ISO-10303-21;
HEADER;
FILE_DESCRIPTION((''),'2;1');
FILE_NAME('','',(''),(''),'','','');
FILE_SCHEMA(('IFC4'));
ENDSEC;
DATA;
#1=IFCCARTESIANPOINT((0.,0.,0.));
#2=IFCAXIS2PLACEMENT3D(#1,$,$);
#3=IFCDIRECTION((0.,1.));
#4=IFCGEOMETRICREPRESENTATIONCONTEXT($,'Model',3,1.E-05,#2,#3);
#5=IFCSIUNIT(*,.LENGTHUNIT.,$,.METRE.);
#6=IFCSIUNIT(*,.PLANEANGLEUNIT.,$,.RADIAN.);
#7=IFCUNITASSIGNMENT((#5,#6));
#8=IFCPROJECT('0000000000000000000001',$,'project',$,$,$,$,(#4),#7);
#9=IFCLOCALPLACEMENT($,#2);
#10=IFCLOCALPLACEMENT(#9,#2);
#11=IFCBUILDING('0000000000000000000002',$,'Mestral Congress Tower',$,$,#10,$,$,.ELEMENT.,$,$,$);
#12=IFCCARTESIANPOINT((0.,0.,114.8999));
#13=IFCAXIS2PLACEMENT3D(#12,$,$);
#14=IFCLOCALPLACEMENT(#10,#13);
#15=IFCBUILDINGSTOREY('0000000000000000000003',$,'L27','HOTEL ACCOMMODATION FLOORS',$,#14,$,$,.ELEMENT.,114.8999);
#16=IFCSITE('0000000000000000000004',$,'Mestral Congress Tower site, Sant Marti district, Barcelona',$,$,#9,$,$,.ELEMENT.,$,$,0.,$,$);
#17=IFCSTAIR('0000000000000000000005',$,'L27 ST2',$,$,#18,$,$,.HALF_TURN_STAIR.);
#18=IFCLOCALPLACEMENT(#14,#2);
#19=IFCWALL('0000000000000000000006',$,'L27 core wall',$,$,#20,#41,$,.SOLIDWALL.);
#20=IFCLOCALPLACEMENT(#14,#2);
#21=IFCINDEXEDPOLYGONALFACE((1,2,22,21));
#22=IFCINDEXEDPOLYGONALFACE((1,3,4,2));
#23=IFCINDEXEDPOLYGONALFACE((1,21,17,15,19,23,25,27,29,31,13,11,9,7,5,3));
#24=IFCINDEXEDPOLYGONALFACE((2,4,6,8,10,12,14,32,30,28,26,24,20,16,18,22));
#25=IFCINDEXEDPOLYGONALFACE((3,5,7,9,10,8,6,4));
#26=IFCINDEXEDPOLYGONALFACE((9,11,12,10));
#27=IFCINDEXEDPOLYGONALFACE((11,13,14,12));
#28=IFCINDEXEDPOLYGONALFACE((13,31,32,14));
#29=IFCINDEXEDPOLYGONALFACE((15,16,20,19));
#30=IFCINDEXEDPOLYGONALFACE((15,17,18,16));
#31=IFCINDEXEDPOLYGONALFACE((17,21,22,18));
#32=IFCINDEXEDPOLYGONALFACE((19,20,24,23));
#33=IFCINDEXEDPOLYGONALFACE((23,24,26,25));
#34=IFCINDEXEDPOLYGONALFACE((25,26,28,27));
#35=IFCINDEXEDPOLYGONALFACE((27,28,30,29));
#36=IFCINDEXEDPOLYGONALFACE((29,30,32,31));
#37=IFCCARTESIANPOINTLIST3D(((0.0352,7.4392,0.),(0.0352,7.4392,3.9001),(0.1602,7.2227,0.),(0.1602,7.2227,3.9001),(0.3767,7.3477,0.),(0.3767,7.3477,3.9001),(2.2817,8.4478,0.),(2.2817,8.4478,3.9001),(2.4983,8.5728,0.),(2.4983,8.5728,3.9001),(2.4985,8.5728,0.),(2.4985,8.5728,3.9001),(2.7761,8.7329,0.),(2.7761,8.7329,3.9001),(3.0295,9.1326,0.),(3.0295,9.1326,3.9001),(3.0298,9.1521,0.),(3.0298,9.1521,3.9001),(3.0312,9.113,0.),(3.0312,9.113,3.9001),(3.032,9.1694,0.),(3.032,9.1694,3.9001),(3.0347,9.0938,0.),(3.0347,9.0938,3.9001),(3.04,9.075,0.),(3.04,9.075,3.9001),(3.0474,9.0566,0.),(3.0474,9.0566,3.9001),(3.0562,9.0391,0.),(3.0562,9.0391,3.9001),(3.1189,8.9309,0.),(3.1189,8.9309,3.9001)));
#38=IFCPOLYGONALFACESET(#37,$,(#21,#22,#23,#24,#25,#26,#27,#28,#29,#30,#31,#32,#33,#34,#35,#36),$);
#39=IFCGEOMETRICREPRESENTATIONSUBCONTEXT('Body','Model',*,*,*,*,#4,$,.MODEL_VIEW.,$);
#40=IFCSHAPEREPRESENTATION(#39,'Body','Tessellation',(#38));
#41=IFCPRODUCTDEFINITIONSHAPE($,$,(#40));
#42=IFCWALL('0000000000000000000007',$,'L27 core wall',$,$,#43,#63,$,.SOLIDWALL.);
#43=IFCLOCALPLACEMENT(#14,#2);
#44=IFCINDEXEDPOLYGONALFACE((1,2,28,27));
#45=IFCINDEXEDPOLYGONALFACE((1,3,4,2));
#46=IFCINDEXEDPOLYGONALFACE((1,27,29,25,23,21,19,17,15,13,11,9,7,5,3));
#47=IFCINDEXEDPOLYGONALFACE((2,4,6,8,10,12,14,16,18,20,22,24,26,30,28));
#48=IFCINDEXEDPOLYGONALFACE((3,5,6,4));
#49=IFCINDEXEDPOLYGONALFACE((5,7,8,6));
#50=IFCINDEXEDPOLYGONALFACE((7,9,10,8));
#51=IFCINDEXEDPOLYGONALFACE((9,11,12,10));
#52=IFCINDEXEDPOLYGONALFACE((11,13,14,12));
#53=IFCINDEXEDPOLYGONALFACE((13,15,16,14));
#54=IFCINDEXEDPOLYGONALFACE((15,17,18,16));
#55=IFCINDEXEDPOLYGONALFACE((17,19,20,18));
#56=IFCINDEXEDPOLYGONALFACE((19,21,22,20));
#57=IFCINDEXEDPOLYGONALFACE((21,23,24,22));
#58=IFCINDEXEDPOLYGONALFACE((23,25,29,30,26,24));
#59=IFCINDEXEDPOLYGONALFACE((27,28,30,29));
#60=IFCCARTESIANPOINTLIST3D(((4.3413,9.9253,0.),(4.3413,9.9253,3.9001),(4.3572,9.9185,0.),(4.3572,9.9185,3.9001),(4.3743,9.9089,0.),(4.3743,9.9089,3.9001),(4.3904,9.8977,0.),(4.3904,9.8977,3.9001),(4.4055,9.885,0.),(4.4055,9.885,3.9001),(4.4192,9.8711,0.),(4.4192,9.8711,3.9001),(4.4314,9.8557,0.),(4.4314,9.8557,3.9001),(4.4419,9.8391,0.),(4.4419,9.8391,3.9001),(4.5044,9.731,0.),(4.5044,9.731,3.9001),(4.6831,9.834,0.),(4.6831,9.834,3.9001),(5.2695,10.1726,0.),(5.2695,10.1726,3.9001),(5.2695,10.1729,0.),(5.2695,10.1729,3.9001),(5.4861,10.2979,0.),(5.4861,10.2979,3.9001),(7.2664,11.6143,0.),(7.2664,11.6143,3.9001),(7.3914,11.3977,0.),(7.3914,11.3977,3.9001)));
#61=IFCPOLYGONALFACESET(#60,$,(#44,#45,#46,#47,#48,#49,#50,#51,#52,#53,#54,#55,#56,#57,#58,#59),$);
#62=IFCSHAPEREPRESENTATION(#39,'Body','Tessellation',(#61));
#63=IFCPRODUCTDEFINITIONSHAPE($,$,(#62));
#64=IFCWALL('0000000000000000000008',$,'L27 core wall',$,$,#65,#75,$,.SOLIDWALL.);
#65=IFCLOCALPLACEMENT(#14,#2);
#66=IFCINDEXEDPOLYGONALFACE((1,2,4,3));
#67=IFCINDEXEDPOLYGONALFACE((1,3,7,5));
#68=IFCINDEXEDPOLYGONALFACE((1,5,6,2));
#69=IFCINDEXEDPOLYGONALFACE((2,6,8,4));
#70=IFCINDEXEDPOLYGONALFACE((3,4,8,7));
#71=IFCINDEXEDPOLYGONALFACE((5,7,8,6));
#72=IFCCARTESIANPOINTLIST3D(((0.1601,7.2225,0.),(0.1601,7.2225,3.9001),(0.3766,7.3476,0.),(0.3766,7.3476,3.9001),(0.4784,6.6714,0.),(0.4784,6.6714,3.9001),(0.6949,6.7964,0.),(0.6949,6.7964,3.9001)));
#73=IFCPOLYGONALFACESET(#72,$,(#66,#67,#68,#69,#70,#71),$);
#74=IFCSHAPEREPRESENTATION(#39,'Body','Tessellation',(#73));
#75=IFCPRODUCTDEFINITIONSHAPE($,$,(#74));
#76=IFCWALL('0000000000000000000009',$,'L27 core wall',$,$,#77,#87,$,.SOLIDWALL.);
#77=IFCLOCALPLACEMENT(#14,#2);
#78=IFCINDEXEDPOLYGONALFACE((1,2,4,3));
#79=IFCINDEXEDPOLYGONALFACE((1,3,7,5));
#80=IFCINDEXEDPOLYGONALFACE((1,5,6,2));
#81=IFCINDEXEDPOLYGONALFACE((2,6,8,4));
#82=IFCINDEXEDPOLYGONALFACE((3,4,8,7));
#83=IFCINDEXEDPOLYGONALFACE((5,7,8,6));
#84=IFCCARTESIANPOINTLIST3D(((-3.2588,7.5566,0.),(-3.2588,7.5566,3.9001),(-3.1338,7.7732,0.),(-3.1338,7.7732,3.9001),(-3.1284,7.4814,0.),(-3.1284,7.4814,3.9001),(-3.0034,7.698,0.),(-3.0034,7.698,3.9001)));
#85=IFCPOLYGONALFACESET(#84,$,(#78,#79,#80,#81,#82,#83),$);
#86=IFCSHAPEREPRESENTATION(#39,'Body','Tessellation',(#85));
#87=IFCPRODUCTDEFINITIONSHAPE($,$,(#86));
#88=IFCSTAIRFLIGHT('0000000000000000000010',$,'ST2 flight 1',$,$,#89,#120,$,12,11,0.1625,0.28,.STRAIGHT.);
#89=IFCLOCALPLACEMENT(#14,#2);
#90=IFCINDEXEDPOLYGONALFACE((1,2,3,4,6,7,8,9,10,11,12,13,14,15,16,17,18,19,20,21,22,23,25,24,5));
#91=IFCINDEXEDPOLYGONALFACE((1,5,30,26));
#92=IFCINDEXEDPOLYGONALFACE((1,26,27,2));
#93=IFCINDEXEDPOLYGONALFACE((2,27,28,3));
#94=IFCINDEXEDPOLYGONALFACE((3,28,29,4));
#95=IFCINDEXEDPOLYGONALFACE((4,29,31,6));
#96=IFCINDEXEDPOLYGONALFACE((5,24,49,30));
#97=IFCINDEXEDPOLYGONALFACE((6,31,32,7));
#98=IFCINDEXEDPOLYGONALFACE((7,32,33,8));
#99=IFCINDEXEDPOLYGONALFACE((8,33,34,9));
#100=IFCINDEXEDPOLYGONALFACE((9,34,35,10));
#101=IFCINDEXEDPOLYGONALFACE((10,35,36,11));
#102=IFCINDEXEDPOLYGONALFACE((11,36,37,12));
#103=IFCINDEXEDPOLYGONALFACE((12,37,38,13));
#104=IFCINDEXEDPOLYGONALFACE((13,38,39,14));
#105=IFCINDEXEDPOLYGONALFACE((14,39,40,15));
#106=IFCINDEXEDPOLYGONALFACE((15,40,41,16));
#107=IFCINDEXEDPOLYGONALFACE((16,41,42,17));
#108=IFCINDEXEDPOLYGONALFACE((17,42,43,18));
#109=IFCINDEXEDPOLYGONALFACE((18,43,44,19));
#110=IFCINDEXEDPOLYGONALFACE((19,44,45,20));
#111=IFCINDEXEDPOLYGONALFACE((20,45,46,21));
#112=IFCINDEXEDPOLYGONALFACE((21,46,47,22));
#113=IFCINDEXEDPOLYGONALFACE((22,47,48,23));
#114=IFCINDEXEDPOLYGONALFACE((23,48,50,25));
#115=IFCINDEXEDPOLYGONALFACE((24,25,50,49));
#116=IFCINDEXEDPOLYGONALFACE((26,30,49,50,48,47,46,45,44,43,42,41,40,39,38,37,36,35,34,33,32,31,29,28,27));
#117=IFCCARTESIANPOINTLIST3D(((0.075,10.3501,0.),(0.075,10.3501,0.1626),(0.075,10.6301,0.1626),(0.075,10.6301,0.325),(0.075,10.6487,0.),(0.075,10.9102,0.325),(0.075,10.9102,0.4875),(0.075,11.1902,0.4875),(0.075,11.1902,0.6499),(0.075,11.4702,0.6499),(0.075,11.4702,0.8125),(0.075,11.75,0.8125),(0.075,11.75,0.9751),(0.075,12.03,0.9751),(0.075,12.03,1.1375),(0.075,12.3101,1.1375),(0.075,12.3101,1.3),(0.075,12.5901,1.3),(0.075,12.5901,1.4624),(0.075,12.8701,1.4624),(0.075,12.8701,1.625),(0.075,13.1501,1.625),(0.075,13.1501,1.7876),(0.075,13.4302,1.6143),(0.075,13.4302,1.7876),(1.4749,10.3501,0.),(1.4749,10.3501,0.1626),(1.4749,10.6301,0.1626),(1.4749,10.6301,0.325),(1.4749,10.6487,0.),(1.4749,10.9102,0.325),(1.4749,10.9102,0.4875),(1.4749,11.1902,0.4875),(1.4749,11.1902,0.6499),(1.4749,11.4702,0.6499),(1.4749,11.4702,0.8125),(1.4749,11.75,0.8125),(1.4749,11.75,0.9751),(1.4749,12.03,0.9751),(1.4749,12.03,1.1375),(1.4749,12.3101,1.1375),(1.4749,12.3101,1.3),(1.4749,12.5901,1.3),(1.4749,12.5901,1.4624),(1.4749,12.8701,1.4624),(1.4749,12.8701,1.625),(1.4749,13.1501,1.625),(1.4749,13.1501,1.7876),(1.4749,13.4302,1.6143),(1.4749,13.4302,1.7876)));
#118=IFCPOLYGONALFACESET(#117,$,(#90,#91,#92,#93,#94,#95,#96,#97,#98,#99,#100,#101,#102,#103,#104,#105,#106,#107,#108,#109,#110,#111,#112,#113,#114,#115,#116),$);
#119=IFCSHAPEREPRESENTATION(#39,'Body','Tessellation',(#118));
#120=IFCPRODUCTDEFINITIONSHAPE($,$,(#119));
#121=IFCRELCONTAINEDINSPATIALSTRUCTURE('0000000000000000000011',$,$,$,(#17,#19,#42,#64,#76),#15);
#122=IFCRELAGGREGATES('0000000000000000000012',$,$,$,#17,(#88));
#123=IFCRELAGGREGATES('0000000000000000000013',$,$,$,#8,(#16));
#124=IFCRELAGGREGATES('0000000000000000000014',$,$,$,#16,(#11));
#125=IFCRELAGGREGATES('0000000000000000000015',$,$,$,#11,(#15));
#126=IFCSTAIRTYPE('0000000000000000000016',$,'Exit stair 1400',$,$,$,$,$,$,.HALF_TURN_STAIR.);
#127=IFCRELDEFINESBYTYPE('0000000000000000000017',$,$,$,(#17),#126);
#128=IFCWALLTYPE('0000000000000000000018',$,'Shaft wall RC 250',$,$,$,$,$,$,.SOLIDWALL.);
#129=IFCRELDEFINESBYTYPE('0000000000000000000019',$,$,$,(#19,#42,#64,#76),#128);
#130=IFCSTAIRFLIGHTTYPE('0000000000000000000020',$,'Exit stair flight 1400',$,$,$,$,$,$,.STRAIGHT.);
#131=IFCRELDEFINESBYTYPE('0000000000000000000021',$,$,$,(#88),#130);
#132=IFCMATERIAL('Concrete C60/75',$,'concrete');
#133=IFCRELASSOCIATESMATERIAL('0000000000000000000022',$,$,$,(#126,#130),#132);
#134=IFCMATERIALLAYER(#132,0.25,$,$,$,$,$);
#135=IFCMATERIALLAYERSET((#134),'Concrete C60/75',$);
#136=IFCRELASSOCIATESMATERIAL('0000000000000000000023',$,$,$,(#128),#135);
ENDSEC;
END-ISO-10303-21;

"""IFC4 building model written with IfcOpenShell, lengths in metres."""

from ifc_helpers import new_model, si_unit, direction, frame, frame_2d, origin, place, context, subcontext, project, spatial, polyline, rectangle, outline, extrude, material, layer, layer_set, type_object, element, aggregate, save


model = new_model("IFC4")

# Units and contexts
model_context = context("Model", 3, precision=1e-05, world=origin(), true_north=direction((0.0, 1.0)))
body_context = subcontext(model_context, "Body", "Model", "MODEL_VIEW")
ifc_project = project(units=[si_unit("LENGTHUNIT", "METRE"), si_unit("PLANEANGLEUNIT", "RADIAN")], contexts=[model_context])

# Site, building, storey
site_placement = place(None, origin())
site = spatial("IfcSite", under=ifc_project, at=site_placement, Name="Mestral Congress Tower site, Sant Marti district, Barcelona", CompositionType="ELEMENT", RefElevation=0.0)
building_placement = place(site_placement, origin())
building = spatial("IfcBuilding", under=site, at=building_placement, Name="Mestral Congress Tower", CompositionType="ELEMENT")
storey_placement = place(building_placement, frame((0.0, 0.0, 114.8999)))
storey = spatial("IfcBuildingStorey", under=building, at=storey_placement, Name="L27", Description="HOTEL ACCOMMODATION FLOORS", CompositionType="ELEMENT", Elevation=114.8999)

# Shared definitions
ifc_material_1 = material(Name="Concrete C60/75", Category="concrete")

# Stair
stair_type = type_object("IfcStairType", Name="Exit stair 1400", PredefinedType="HALF_TURN_STAIR", material=ifc_material_1)
placement_1 = place(storey_placement, origin())
stair_1 = element("IfcStair", 1, at=placement_1, inside=storey, type_object=stair_type, Name="L27 ST2", PredefinedType="HALF_TURN_STAIR")

# Walls
ifc_layer_1 = layer(ifc_material_1, 0.25)
ifc_layer_set_1 = layer_set([ifc_layer_1], Name="Concrete C60/75")
wall_type_1 = type_object("IfcWallType", Name="Shaft wall RC 250", PredefinedType="SOLIDWALL", material=ifc_layer_set_1)
element("IfcWall", 2, at=placement_1, inside=storey, type_object=wall_type_1, Name="L27 core wall", PredefinedType="SOLIDWALL", context=body_context, shape_type="SweptSolid", body=[
    extrude(outline(polyline([(2.7761, 8.7329), (2.4985, 8.5728), (2.4983, 8.5728), (2.4983, 8.5728), (2.2817, 8.4478), (2.2817, 8.4478), (0.3767, 7.3477), (0.1602, 7.2227), (0.0352, 7.4392), (3.032, 9.1694), (3.0298, 9.1521), (3.0295, 9.1326), (3.0312, 9.113), (3.0347, 9.0938), (3.04, 9.075), (3.0474, 9.0566), (3.0562, 9.0391), (3.1189, 8.9309), (2.7761, 8.7329)])), origin(), (0.0, 0.0, 1.0), 3.9001),
])
element("IfcWall", 3, at=placement_1, inside=storey, type_object=wall_type_1, Name="L27 core wall", PredefinedType="SOLIDWALL", context=body_context, shape_type="SweptSolid", body=[
    extrude(outline(polyline([(5.2695, 10.1726), (5.2695, 10.1726), (4.6831, 9.834), (4.5044, 9.731), (4.4419, 9.8391), (4.4314, 9.8557), (4.4192, 9.8711), (4.4055, 9.885), (4.3904, 9.8977), (4.3743, 9.9089), (4.3572, 9.9185), (4.3413, 9.9253), (7.2664, 11.6143), (7.3914, 11.3977), (5.4861, 10.2979), (5.4861, 10.2979), (5.2695, 10.1729), (5.2695, 10.1726)])), origin(), (0.0, 0.0, 1.0), 3.9001),
])
wall_1_placement = place(storey_placement, frame((0.2683, 7.2852, 0.0), z_axis=(0.0, 0.0, 1.0), x_axis=(0.500099, -0.865968, 0.0)))
element("IfcWall", 4, at=wall_1_placement, inside=storey, type_object=wall_type_1, Name="L27 core wall", PredefinedType="SOLIDWALL", context=body_context, shape_type="SweptSolid", body=[
    extrude(rectangle(XDim=0.6365, YDim=0.25, at=frame_2d((0.3184, 0.0))), origin(), (0.0, 0.0, 1.0), 3.9001),
])
element("IfcWall", 5, at=placement_1, inside=storey, type_object=wall_type_1, Name="L27 core wall", PredefinedType="SOLIDWALL", context=body_context, shape_type="SweptSolid", body=[
    extrude(outline(polyline([(-3.1284, 7.4814), (-3.2588, 7.5566), (-3.1338, 7.7732), (-3.0034, 7.698), (-3.1284, 7.4814)])), origin(), (0.0, 0.0, 1.0), 3.9001),
])

# Stair flight
stair_flight_type = type_object("IfcStairFlightType", Name="Exit stair flight 1400", PredefinedType="STRAIGHT", material=ifc_material_1)
stair_flight_placement = place(storey_placement, frame((0.7749, 10.3501, 0.0), z_axis=(0.0, 0.0, 1.0), x_axis=(0.0, 1.0, 0.0)))
stair_flight = element("IfcStairFlight", 6, at=stair_flight_placement, type_object=stair_flight_type, Name="ST2 flight 1", NumberOfRisers=12, NumberOfTreads=11, PredefinedType="STRAIGHT", RiserHeight=0.1625, TreadLength=0.28, context=body_context, shape_type="SweptSolid", body=[
    extrude(outline(polyline([(0.0, 0.0), (0.0, 0.1626), (0.28, 0.1626), (0.28, 0.325), (0.5601, 0.325), (0.5601, 0.4875), (0.8401, 0.4875), (0.8401, 0.6499), (1.1201, 0.6499), (1.1201, 0.8125), (1.3999, 0.8125), (1.3999, 0.9751), (1.6799, 0.9751), (1.6799, 1.1375), (1.96, 1.1375), (1.96, 1.3), (2.24, 1.3), (2.24, 1.4624), (2.52, 1.4624), (2.52, 1.625), (2.8, 1.625), (2.8, 1.7876), (3.0801, 1.7876), (3.0801, 1.95), (3.0801, 1.6143), (0.2986, 0.0), (0.0, 0.0)])), frame((0.0, 0.7, 0.0), z_axis=(0.0, -1.0, 0.0), x_axis=(1.0, 0.0, 0.0)), (0.0, 0.0, 1.0), 1.3999),
])
aggregate(stair_1, [stair_flight])

save(model, "model.ifc")
